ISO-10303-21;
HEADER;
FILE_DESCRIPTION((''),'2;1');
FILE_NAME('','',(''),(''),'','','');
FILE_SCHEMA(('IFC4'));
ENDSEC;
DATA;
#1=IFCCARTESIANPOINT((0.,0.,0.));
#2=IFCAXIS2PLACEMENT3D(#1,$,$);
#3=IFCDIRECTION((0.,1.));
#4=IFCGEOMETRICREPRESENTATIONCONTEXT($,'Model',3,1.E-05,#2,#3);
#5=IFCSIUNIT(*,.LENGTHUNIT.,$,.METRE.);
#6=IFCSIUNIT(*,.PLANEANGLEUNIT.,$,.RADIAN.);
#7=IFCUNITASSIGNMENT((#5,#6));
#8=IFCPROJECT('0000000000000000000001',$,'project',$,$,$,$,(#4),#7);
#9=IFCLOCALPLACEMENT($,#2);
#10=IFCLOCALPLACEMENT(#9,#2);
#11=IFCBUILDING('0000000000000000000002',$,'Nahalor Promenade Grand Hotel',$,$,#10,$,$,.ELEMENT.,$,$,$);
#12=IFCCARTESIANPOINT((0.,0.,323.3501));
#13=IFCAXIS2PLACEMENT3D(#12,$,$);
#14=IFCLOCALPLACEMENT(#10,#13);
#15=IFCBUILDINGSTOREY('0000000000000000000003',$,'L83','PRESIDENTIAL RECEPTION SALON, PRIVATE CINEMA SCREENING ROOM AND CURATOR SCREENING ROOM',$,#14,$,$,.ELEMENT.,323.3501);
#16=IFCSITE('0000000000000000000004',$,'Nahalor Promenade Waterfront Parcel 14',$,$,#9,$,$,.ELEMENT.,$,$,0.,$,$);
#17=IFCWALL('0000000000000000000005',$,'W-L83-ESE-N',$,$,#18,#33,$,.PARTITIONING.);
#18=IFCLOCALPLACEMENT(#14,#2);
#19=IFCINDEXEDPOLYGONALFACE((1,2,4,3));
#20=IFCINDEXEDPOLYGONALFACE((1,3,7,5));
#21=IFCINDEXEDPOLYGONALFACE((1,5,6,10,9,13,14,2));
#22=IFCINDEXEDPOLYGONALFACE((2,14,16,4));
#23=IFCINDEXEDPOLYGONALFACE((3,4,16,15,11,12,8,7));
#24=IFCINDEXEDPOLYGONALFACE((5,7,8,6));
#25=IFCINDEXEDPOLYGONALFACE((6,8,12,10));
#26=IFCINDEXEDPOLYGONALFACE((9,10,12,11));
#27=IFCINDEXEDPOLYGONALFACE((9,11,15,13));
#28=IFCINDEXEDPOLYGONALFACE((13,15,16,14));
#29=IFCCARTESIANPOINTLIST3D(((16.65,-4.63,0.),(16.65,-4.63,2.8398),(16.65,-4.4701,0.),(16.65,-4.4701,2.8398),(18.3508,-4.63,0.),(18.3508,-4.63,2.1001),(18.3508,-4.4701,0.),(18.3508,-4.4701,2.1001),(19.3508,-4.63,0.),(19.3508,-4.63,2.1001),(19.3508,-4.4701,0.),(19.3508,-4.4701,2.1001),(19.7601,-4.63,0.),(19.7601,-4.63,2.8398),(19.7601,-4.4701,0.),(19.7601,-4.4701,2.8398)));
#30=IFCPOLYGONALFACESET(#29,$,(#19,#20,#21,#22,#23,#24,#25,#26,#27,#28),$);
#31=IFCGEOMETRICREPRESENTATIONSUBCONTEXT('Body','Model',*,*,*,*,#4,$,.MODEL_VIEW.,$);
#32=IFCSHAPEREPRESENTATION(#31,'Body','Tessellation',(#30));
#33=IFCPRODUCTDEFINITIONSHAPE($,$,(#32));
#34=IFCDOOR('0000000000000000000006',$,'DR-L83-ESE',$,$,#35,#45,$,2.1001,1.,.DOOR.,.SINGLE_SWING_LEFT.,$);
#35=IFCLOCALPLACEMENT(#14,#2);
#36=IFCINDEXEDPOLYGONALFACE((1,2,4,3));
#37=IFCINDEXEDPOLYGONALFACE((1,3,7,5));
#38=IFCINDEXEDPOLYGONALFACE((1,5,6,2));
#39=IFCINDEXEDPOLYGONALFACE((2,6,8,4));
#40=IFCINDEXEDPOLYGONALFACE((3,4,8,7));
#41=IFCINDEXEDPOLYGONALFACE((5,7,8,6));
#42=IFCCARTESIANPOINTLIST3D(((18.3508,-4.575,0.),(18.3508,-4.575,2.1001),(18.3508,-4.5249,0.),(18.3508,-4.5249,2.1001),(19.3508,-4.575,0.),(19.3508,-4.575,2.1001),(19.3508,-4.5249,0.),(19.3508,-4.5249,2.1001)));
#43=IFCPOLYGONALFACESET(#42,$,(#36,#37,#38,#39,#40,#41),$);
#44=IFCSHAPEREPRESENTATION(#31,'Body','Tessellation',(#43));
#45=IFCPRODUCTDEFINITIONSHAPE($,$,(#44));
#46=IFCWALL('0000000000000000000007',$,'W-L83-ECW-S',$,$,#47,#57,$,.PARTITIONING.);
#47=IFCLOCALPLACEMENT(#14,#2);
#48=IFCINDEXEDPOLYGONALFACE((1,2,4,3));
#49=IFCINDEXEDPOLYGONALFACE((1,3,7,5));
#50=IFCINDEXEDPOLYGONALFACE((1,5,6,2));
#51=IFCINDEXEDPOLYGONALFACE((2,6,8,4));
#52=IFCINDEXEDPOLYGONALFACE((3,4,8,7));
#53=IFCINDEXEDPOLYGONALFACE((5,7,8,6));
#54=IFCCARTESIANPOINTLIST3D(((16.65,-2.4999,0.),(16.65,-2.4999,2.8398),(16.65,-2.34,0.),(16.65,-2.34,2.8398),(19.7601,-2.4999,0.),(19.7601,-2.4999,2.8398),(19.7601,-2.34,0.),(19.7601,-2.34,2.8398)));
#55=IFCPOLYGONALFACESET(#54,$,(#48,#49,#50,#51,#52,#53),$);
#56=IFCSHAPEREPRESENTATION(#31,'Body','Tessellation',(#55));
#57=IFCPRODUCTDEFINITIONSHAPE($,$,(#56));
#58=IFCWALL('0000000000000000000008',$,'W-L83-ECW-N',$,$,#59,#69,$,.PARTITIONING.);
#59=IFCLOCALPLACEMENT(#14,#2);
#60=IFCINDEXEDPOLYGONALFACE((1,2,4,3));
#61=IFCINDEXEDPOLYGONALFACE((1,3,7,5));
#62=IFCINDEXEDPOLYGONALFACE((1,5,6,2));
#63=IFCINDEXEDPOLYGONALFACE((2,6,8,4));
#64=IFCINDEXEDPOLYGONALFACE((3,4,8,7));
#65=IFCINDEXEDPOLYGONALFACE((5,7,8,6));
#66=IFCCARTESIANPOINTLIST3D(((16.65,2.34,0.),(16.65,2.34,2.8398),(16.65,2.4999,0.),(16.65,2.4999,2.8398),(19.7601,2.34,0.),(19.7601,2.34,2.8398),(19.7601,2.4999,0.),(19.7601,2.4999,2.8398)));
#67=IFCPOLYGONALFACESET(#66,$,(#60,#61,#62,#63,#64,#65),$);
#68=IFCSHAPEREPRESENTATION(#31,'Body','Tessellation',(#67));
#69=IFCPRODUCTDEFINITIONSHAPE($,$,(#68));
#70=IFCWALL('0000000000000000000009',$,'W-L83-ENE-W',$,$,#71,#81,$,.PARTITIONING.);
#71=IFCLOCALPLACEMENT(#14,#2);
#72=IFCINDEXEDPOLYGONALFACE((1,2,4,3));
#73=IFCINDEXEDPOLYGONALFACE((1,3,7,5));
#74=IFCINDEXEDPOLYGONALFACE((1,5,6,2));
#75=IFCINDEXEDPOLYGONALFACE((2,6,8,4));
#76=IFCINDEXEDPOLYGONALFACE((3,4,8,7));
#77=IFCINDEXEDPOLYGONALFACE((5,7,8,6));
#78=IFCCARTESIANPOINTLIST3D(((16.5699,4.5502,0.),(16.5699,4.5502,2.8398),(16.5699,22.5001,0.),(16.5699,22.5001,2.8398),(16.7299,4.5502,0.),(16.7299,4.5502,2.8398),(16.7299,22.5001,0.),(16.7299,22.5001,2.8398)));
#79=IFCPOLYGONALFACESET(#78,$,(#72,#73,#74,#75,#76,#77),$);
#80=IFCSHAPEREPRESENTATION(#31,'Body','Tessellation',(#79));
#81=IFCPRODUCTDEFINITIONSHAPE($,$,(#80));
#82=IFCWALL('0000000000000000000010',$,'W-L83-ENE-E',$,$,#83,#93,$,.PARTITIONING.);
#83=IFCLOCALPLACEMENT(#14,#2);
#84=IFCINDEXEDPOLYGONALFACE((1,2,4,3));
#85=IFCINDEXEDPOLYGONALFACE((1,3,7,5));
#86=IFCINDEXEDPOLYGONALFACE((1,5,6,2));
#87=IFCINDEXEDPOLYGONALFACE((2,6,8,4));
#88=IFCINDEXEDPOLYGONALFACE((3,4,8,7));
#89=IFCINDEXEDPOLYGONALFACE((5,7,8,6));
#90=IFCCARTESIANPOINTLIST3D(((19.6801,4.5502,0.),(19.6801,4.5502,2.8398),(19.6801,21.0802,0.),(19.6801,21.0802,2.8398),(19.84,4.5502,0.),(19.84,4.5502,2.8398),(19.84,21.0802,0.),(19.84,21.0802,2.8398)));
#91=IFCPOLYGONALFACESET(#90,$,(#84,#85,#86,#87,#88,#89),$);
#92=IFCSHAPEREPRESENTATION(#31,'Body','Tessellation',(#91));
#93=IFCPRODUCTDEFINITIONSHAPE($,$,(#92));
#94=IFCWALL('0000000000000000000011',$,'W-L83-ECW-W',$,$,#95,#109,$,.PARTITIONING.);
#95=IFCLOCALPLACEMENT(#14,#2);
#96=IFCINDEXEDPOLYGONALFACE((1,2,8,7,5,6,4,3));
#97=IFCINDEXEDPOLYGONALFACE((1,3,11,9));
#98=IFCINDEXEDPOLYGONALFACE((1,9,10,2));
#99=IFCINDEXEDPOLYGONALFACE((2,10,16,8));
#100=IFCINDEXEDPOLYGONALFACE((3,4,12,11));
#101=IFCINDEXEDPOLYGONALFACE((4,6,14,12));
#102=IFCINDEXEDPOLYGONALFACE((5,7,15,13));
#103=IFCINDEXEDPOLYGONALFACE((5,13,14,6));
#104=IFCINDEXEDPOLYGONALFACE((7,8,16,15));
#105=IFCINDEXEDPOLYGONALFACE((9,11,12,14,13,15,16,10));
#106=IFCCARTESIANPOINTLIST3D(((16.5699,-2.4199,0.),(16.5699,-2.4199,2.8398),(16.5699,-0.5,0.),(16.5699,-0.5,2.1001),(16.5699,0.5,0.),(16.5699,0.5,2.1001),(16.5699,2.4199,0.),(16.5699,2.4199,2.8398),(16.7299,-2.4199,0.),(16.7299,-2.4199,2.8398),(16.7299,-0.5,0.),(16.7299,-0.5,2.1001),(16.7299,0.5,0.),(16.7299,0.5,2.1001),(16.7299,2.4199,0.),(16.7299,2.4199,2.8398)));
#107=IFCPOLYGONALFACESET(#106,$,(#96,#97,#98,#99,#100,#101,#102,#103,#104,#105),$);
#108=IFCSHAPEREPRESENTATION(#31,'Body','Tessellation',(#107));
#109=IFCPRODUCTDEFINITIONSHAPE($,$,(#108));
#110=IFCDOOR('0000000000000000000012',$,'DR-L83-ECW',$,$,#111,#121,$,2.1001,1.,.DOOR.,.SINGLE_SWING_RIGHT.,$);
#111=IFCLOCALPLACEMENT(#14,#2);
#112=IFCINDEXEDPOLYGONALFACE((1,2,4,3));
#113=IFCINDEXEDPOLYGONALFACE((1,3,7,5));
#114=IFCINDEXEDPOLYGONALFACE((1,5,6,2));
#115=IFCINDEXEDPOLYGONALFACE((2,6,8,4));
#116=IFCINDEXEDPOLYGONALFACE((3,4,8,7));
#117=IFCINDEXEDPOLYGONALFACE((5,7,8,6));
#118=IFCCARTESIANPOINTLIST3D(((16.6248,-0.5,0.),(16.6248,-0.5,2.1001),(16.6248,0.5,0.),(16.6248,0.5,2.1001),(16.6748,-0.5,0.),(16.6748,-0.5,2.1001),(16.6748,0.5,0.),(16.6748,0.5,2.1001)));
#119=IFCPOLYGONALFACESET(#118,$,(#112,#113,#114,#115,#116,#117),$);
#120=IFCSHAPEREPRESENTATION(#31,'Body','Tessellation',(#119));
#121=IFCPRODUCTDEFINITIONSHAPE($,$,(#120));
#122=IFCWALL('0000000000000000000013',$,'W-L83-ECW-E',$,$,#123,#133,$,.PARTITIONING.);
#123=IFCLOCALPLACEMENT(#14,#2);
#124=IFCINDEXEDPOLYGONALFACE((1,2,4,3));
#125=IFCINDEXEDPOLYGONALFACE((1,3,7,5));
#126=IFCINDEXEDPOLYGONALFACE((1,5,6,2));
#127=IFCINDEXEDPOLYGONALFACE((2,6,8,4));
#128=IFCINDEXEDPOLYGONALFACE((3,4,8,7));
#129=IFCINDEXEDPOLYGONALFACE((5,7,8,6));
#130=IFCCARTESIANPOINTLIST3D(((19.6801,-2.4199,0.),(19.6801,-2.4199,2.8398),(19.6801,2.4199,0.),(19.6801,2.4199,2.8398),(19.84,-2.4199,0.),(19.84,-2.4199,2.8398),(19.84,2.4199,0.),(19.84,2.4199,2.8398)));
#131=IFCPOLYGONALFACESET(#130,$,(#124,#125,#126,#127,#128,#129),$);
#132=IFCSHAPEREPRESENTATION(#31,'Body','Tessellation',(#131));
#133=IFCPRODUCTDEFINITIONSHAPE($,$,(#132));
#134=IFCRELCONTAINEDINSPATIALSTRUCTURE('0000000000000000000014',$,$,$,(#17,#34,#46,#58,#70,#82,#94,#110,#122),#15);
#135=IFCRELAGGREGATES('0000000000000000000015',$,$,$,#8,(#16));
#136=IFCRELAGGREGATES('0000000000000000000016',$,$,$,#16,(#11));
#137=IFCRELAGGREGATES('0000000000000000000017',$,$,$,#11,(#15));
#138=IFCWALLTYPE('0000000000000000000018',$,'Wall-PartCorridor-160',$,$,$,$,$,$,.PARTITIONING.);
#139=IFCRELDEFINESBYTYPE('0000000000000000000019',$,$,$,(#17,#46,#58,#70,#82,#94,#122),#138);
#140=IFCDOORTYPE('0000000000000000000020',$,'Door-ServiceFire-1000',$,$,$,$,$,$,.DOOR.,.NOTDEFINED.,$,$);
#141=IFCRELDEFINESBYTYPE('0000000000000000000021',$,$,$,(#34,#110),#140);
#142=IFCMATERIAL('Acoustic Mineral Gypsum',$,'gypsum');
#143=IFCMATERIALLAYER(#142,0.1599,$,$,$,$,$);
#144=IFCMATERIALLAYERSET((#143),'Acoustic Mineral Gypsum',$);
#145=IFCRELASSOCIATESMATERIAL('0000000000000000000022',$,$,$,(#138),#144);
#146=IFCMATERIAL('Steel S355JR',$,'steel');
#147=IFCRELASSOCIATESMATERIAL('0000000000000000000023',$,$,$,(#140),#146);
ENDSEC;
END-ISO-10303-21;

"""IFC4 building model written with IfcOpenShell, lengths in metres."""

from ifc_helpers import new_model, si_unit, direction, frame, frame_2d, origin, place, context, subcontext, project, spatial, rectangle, extrude, source, transform, mapped, material, layer, layer_set, type_object, element, fill, save


model = new_model("IFC4")

# Units and contexts
model_context = context("Model", 3, precision=1e-05, world=origin(), true_north=direction((0.0, 1.0)))
body_context = subcontext(model_context, "Body", "Model", "MODEL_VIEW")
ifc_project = project(units=[si_unit("LENGTHUNIT", "METRE"), si_unit("PLANEANGLEUNIT", "RADIAN")], contexts=[model_context])

# Site, building, storey
site_placement = place(None, origin())
site = spatial("IfcSite", under=ifc_project, at=site_placement, Name="Nahalor Promenade Waterfront Parcel 14", CompositionType="ELEMENT", RefElevation=0.0)
building_placement = place(site_placement, origin())
building = spatial("IfcBuilding", under=site, at=building_placement, Name="Nahalor Promenade Grand Hotel", CompositionType="ELEMENT")
storey_placement = place(building_placement, frame((0.0, 0.0, 323.3501)))
storey = spatial("IfcBuildingStorey", under=building, at=storey_placement, Name="L83", Description="PRESIDENTIAL RECEPTION SALON, PRIVATE CINEMA SCREENING ROOM AND CURATOR SCREENING ROOM", CompositionType="ELEMENT", Elevation=323.3501)

# Shared definitions
ifc_material_1 = material(Name="Steel S355JR", Category="steel")

# Wall, opening, door
ifc_material_2 = material(Name="Acoustic Mineral Gypsum", Category="gypsum")
ifc_layer_1 = layer(ifc_material_2, 0.1599)
ifc_layer_set_1 = layer_set([ifc_layer_1], Name="Acoustic Mineral Gypsum")
wall_type = type_object("IfcWallType", Name="Wall-PartCorridor-160", PredefinedType="PARTITIONING", material=ifc_layer_set_1)
shared_shape_1 = source(origin(), body_context, "Body", "SweptSolid", [
    extrude(rectangle(XDim=3.1101, YDim=0.1599, at=frame_2d((1.5552, 0.0))), origin(), (0.0, 0.0, 1.0), 2.8398),
])
door_type = type_object("IfcDoorType", Name="Door-ServiceFire-1000", OperationType="NOTDEFINED", PredefinedType="DOOR", material=ifc_material_1)
shared_shape_2 = source(origin(), body_context, "Body", "SweptSolid", [
    extrude(rectangle(XDim=1.0, YDim=2.1001, at=frame_2d((0.5, 1.05))), frame((0.0, 0.0249, 0.0), z_axis=(0.0, -1.0, 0.0), x_axis=(1.0, 0.0, 0.0)), (0.0, 0.0, 1.0), 0.05),
])
wall_1_placement = place(storey_placement, frame((16.6499, -4.55, 0.0), z_axis=(0.0, 0.0, 1.0), x_axis=(1.0, 0.0, 0.0)))
wall_1 = element("IfcWall", 1, at=wall_1_placement, inside=storey, type_object=wall_type, Name="W-L83-ESE-N", PredefinedType="PARTITIONING", context=body_context, shape_type="MappedRepresentation", body=[
    mapped(shared_shape_1, transform((0.0, 0.0, 0.0), scale=1.0)),
])
opening_1_placement = place(wall_1_placement, frame((1.7009, 0.0, 0.0)))
opening_1 = element("IfcOpeningElement", 2, at=opening_1_placement, cuts=wall_1, PredefinedType="OPENING", context=body_context, shape_type="SweptSolid", body=[
    extrude(rectangle(XDim=1.0, YDim=2.1001, at=frame_2d((0.5, 1.05))), frame((0.0, 0.0898, 0.0), z_axis=(0.0, -1.0, 0.0), x_axis=(1.0, 0.0, 0.0)), (0.0, 0.0, 1.0), 0.1799),
])
door_1_placement = place(opening_1_placement, frame((1.0, 0.0, 0.0), z_axis=(0.0, 0.0, 1.0), x_axis=(-1.0, 0.0, 0.0)))
door_1 = element("IfcDoor", 3, at=door_1_placement, inside=storey, type_object=door_type, Name="DR-L83-ESE", OperationType="SINGLE_SWING_LEFT", OverallHeight=2.1001, OverallWidth=1.0, PredefinedType="DOOR", context=body_context, shape_type="MappedRepresentation", body=[
    mapped(shared_shape_2, transform((0.0, 0.0, 0.0), scale=1.0)),
])
fill(opening_1, door_1)

# Walls
for number, where, z_axis, x_axis, name in (
    (4, (16.6499, -2.4199, 0.0), (0.0, 0.0, 1.0), (1.0, 0.0, 0.0), "W-L83-ECW-S"),
    (5, (16.6499, 2.4199, 0.0), (0.0, 0.0, 1.0), (1.0, 0.0, 0.0), "W-L83-ECW-N"),
):
    element("IfcWall", number, at=place(storey_placement, frame(where, z_axis=z_axis, x_axis=x_axis)), inside=storey, type_object=wall_type, Name=name, PredefinedType="PARTITIONING", context=body_context, shape_type="MappedRepresentation", body=[
        mapped(shared_shape_1, transform((0.0, 0.0, 0.0), scale=1.0)),
    ])
shared_shape_3 = source(origin(), body_context, "Body", "SweptSolid", [
    extrude(rectangle(XDim=17.95, YDim=0.1599, at=frame_2d((8.9751, 0.0))), origin(), (0.0, 0.0, 1.0), 2.8398),
])
wall_2_placement = place(storey_placement, frame((16.6499, 4.55, 0.0), z_axis=(0.0, 0.0, 1.0), x_axis=(0.0, 1.0, 0.0)))
element("IfcWall", 6, at=wall_2_placement, inside=storey, type_object=wall_type, Name="W-L83-ENE-W", PredefinedType="PARTITIONING", context=body_context, shape_type="MappedRepresentation", body=[
    mapped(shared_shape_3, transform((0.0, 0.0, 0.0), scale=1.0)),
])
shared_shape_4 = source(origin(), body_context, "Body", "SweptSolid", [
    extrude(rectangle(XDim=16.53, YDim=0.1599, at=frame_2d((8.2651, 0.0))), origin(), (0.0, 0.0, 1.0), 2.8398),
])
wall_3_placement = place(storey_placement, frame((19.76, 4.55, 0.0), z_axis=(0.0, 0.0, 1.0), x_axis=(0.0, 1.0, 0.0)))
element("IfcWall", 7, at=wall_3_placement, inside=storey, type_object=wall_type, Name="W-L83-ENE-E", PredefinedType="PARTITIONING", context=body_context, shape_type="MappedRepresentation", body=[
    mapped(shared_shape_4, transform((0.0, 0.0, 0.0), scale=1.0)),
])

# Wall, opening, door
shared_shape_5 = source(origin(), body_context, "Body", "SweptSolid", [
    extrude(rectangle(XDim=4.8398, YDim=0.1599, at=frame_2d((2.4199, 0.0))), origin(), (0.0, 0.0, 1.0), 2.8398),
])
wall_4_placement = place(storey_placement, frame((16.6499, -2.4199, 0.0), z_axis=(0.0, 0.0, 1.0), x_axis=(0.0, 1.0, 0.0)))
wall_4 = element("IfcWall", 8, at=wall_4_placement, inside=storey, type_object=wall_type, Name="W-L83-ECW-W", PredefinedType="PARTITIONING", context=body_context, shape_type="MappedRepresentation", body=[
    mapped(shared_shape_5, transform((0.0, 0.0, 0.0), scale=1.0)),
])
opening_2_placement = place(wall_4_placement, frame((1.9199, 0.0, 0.0)))
opening_2 = element("IfcOpeningElement", 9, at=opening_2_placement, cuts=wall_4, PredefinedType="OPENING", context=body_context, shape_type="SweptSolid", body=[
    extrude(rectangle(XDim=1.0, YDim=2.1001, at=frame_2d((0.5, 1.05))), frame((0.0, 0.0898, 0.0), z_axis=(0.0, -1.0, 0.0), x_axis=(1.0, 0.0, 0.0)), (0.0, 0.0, 1.0), 0.1799),
])
door_2_placement = place(opening_2_placement, frame((1.0, 0.0, 0.0), z_axis=(0.0, 0.0, 1.0), x_axis=(-1.0, 0.0, 0.0)))
door_2 = element("IfcDoor", 10, at=door_2_placement, inside=storey, type_object=door_type, Name="DR-L83-ECW", OperationType="SINGLE_SWING_RIGHT", OverallHeight=2.1001, OverallWidth=1.0, PredefinedType="DOOR", context=body_context, shape_type="MappedRepresentation", body=[
    mapped(shared_shape_2, transform((0.0, 0.0, 0.0), scale=1.0)),
])
fill(opening_2, door_2)

# Wall
wall_5_placement = place(storey_placement, frame((19.76, -2.4199, 0.0), z_axis=(0.0, 0.0, 1.0), x_axis=(0.0, 1.0, 0.0)))
element("IfcWall", 11, at=wall_5_placement, inside=storey, type_object=wall_type, Name="W-L83-ECW-E", PredefinedType="PARTITIONING", context=body_context, shape_type="MappedRepresentation", body=[
    mapped(shared_shape_5, transform((0.0, 0.0, 0.0), scale=1.0)),
])

save(model, "model.ifc")
